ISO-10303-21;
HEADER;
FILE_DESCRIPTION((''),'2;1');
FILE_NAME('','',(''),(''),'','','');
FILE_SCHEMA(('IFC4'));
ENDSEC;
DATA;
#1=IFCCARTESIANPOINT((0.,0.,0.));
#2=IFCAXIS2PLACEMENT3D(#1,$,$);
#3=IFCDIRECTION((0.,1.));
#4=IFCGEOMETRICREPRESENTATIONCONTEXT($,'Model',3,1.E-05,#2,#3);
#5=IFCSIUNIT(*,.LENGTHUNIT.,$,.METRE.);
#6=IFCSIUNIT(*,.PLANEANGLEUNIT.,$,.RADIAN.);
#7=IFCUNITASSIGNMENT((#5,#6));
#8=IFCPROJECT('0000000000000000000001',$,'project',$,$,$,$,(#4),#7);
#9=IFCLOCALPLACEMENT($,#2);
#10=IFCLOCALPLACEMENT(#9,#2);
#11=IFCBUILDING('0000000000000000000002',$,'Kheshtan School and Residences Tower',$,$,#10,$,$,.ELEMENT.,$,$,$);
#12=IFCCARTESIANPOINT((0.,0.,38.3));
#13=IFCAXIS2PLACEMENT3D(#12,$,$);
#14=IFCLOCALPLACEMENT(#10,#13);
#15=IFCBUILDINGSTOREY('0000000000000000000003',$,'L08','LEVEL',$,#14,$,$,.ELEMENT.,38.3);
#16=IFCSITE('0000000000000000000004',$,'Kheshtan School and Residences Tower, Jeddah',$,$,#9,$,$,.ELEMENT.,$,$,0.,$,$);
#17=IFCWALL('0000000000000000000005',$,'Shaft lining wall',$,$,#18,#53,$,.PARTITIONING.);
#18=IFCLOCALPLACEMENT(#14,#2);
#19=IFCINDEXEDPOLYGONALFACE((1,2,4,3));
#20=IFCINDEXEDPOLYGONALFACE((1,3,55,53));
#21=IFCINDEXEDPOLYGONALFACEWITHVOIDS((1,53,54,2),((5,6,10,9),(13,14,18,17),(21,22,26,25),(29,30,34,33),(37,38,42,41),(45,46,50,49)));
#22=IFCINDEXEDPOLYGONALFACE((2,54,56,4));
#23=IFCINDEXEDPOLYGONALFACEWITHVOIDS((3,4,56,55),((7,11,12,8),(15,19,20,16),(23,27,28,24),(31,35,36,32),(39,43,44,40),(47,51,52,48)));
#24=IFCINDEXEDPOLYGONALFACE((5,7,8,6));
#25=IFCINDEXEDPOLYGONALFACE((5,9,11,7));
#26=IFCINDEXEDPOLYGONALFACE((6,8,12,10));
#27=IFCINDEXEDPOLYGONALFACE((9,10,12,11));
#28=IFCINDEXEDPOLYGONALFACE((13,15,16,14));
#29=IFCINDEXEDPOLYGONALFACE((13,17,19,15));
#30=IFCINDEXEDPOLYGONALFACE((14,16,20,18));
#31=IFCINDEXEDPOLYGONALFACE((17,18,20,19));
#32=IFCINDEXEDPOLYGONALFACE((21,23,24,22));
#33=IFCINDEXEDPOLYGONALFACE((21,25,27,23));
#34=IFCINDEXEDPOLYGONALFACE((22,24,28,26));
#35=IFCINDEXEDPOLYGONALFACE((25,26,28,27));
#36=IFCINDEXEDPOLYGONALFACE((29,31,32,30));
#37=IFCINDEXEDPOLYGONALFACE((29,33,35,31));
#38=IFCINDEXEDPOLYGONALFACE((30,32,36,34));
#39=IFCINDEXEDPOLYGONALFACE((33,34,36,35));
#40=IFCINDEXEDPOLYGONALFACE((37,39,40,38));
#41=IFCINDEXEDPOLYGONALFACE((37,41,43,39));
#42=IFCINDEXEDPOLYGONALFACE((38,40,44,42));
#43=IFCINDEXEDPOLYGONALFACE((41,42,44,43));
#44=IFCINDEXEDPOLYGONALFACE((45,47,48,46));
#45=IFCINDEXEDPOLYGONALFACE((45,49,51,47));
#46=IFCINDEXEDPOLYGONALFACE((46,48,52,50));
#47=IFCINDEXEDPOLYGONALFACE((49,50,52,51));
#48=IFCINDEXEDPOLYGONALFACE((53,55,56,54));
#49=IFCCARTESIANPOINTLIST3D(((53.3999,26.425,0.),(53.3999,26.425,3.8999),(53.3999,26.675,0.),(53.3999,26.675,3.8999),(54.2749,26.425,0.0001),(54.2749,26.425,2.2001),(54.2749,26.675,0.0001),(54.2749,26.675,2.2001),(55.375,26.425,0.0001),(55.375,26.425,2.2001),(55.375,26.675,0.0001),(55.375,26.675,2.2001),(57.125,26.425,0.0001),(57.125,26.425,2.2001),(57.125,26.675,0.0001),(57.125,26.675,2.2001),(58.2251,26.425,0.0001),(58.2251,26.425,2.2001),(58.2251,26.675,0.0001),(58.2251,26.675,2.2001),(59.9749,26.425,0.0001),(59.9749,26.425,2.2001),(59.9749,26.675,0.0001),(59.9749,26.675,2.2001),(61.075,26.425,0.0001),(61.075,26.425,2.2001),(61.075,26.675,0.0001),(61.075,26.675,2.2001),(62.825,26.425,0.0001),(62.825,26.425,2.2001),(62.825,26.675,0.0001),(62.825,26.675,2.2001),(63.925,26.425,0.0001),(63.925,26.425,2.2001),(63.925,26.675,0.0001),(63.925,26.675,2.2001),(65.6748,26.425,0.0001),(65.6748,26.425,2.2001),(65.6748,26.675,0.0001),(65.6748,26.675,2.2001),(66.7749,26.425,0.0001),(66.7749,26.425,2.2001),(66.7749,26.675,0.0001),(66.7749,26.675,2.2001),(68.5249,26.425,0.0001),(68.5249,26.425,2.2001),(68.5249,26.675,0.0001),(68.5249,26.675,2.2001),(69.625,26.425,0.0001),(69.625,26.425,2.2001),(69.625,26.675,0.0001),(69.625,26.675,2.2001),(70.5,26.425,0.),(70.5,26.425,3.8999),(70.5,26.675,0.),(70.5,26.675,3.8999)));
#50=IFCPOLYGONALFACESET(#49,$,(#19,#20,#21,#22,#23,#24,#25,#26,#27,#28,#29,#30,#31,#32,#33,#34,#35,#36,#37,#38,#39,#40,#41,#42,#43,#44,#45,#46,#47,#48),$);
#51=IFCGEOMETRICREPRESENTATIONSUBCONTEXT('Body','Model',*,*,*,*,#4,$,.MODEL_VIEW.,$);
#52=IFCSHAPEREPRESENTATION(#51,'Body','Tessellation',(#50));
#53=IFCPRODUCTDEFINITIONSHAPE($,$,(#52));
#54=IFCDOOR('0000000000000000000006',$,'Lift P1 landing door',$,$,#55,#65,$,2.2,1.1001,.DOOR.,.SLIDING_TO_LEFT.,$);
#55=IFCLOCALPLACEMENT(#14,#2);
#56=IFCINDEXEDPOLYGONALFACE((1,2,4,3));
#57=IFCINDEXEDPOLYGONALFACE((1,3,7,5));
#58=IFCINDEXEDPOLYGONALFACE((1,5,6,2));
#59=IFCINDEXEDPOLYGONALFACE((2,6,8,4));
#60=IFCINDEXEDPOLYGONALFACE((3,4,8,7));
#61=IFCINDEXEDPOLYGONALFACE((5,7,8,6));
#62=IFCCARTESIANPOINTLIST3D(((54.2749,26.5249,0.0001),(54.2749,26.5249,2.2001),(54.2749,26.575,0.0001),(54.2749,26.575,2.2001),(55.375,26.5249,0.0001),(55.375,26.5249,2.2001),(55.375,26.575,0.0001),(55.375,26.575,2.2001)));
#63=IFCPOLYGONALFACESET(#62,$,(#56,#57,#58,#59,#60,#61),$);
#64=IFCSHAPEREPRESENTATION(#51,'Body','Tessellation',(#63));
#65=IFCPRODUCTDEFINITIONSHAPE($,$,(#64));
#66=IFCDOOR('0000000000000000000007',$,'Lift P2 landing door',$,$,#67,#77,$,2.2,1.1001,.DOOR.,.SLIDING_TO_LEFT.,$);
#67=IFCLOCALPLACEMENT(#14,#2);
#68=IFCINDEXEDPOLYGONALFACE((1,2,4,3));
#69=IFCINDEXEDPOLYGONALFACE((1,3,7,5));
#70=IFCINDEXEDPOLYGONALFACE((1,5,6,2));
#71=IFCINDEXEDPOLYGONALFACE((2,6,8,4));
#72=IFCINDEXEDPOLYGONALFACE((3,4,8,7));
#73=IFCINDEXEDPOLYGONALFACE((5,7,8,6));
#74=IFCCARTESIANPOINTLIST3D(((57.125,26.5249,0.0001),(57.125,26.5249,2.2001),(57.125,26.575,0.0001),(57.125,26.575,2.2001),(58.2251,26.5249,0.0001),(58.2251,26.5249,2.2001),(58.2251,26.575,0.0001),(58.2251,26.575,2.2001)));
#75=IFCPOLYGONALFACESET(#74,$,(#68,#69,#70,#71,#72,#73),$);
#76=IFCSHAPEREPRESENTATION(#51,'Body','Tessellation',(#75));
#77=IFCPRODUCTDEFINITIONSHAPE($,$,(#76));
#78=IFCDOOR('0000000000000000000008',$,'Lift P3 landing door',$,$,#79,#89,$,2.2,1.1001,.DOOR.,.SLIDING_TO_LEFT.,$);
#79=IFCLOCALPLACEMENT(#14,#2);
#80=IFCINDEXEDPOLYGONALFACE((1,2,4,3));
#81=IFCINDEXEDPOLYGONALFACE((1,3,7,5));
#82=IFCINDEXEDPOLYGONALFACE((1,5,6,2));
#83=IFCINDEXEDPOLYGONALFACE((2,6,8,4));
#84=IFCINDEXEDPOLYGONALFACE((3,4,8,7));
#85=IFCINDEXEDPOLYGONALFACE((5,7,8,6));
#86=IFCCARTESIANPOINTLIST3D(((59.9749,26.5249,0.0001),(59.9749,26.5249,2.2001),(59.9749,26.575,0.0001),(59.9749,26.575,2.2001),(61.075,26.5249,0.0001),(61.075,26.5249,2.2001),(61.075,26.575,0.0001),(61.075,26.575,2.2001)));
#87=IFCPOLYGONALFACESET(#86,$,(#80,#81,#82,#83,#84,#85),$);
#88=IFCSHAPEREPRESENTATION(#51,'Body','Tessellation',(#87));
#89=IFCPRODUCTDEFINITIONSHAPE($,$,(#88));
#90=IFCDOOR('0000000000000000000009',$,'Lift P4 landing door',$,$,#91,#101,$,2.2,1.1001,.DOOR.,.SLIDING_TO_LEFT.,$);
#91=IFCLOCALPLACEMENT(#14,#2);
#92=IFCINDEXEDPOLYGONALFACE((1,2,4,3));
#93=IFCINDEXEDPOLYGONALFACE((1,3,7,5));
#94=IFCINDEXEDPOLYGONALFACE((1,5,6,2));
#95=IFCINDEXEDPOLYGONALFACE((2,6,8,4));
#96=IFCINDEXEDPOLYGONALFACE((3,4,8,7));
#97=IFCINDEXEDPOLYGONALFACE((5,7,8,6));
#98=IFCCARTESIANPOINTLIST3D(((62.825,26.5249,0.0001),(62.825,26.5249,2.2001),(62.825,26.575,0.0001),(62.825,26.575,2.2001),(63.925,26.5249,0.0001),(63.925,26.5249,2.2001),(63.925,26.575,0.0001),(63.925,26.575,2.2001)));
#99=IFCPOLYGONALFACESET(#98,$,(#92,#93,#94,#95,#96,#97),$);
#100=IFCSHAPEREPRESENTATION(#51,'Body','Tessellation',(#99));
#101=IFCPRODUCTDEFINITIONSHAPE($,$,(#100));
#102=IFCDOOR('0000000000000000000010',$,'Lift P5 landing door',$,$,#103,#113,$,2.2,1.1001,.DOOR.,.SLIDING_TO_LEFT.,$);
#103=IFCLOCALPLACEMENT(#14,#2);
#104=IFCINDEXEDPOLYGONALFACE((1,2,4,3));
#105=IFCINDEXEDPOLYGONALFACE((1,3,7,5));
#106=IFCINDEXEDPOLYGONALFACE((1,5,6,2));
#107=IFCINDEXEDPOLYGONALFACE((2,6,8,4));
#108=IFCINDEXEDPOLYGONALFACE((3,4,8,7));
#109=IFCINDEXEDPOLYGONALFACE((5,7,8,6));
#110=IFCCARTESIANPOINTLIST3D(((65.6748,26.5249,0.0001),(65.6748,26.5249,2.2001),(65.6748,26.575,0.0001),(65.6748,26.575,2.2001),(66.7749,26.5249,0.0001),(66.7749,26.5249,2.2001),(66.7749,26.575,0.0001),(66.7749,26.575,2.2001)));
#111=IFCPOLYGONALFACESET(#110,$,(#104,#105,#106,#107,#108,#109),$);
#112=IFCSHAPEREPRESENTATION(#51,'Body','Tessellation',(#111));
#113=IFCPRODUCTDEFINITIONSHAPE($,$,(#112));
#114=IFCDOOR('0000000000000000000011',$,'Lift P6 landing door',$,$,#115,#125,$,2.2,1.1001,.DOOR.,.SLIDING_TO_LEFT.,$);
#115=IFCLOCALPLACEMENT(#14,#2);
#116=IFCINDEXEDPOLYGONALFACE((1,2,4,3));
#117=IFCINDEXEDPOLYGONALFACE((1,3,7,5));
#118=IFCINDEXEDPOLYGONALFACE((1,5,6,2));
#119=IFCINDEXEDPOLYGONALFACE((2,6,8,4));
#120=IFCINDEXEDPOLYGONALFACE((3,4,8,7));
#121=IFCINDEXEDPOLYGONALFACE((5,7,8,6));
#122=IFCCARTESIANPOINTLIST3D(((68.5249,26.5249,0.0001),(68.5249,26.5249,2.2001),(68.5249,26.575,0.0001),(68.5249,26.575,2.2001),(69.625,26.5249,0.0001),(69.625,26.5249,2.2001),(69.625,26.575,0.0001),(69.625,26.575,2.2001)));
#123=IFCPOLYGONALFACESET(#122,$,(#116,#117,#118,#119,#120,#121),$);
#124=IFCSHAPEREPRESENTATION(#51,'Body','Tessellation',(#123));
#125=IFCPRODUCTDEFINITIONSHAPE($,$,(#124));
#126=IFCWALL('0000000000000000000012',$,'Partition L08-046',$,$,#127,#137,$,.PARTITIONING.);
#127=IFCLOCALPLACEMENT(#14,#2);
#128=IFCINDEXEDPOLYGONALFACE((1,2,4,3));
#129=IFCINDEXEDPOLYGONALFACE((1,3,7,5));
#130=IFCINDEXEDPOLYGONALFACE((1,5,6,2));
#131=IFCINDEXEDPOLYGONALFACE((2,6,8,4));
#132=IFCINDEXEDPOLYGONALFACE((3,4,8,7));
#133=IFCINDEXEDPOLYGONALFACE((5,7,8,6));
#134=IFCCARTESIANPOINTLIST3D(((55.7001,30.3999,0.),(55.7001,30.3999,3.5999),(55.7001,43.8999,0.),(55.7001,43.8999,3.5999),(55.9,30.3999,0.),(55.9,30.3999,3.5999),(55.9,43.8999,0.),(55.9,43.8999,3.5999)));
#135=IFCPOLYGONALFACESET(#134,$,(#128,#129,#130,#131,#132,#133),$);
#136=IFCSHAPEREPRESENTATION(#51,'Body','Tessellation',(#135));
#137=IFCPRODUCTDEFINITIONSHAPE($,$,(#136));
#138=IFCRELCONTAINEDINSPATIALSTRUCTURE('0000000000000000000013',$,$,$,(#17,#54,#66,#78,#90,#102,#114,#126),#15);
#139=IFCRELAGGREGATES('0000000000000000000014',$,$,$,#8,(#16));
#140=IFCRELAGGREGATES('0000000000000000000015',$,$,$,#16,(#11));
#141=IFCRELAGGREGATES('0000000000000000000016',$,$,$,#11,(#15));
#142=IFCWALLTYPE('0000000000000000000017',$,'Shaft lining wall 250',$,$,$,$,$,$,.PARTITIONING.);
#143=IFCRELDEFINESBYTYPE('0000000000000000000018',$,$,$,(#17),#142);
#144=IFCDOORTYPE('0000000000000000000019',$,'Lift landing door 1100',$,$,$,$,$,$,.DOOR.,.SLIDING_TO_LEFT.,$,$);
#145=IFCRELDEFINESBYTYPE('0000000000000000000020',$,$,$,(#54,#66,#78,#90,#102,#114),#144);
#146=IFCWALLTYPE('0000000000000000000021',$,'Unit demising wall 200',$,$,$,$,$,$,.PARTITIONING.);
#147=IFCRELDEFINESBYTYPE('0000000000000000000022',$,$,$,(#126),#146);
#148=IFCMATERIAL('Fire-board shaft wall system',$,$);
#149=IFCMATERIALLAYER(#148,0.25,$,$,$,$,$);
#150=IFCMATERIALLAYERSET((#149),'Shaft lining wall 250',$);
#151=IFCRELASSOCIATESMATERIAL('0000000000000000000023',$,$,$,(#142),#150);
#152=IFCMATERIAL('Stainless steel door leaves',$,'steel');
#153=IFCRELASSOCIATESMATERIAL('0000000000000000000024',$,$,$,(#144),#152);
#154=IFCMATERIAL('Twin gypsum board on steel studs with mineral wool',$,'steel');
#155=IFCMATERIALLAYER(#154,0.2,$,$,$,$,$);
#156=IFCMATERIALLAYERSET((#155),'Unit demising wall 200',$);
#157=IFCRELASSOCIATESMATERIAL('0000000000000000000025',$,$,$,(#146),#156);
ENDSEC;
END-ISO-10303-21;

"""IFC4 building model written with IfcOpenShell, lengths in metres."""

from ifc_helpers import new_model, si_unit, direction, frame, frame_2d, origin, place, context, subcontext, project, spatial, rectangle, extrude, source, transform, mapped, material, layer, layer_set, type_object, element, fill, save


model = new_model("IFC4")

# Units and contexts
model_context = context("Model", 3, precision=1e-05, world=origin(), true_north=direction((0.0, 1.0)))
body_context = subcontext(model_context, "Body", "Model", "MODEL_VIEW")
ifc_project = project(units=[si_unit("LENGTHUNIT", "METRE"), si_unit("PLANEANGLEUNIT", "RADIAN")], contexts=[model_context])

# Site, building, storey
site_placement = place(None, origin())
site = spatial("IfcSite", under=ifc_project, at=site_placement, Name="Kheshtan School and Residences Tower, Jeddah", CompositionType="ELEMENT", RefElevation=0.0)
building_placement = place(site_placement, origin())
building = spatial("IfcBuilding", under=site, at=building_placement, Name="Kheshtan School and Residences Tower", CompositionType="ELEMENT")
storey_placement = place(building_placement, frame((0.0, 0.0, 38.3)))
storey = spatial("IfcBuildingStorey", under=building, at=storey_placement, Name="L08", Description="LEVEL", CompositionType="ELEMENT", Elevation=38.3)

# Wall, openings, doors
ifc_material_1 = material(Name="Fire-board shaft wall system")
ifc_layer_1 = layer(ifc_material_1, 0.25)
ifc_layer_set_1 = layer_set([ifc_layer_1], Name="Shaft lining wall 250")
wall_type_1 = type_object("IfcWallType", Name="Shaft lining wall 250", PredefinedType="PARTITIONING", material=ifc_layer_set_1)
wall_1_placement = place(storey_placement, frame((53.3999, 26.55, 0.0), z_axis=(0.0, 0.0, 1.0), x_axis=(1.0, 0.0, 0.0)))
wall_1 = element("IfcWall", 1, at=wall_1_placement, inside=storey, type_object=wall_type_1, Name="Shaft lining wall", PredefinedType="PARTITIONING", context=body_context, shape_type="SweptSolid", body=[
    extrude(rectangle(XDim=17.1001, YDim=0.25, at=frame_2d((8.55, 0.0))), origin(), (0.0, 0.0, 1.0), 3.8999),
])
opening_1_placement = place(wall_1_placement, frame((0.875, 0.0, 0.0)))
opening_1 = element("IfcOpeningElement", 2, at=opening_1_placement, cuts=wall_1, PredefinedType="OPENING", context=body_context, shape_type="SweptSolid", body=[
    extrude(rectangle(XDim=1.1001, YDim=2.2, at=frame_2d((0.55, 1.1001))), frame((0.0, 0.135, 0.0), z_axis=(0.0, -1.0, 0.0), x_axis=(1.0, 0.0, 0.0)), (0.0, 0.0, 1.0), 0.27),
])
opening_2_placement = place(wall_1_placement, frame((3.7251, 0.0, 0.0)))
opening_2 = element("IfcOpeningElement", 3, at=opening_2_placement, cuts=wall_1, PredefinedType="OPENING", context=body_context, shape_type="SweptSolid", body=[
    extrude(rectangle(XDim=1.1001, YDim=2.2, at=frame_2d((0.55, 1.1001))), frame((0.0, 0.135, 0.0), z_axis=(0.0, -1.0, 0.0), x_axis=(1.0, 0.0, 0.0)), (0.0, 0.0, 1.0), 0.27),
])
opening_3_placement = place(wall_1_placement, frame((6.575, 0.0, 0.0)))
opening_3 = element("IfcOpeningElement", 4, at=opening_3_placement, cuts=wall_1, PredefinedType="OPENING", context=body_context, shape_type="SweptSolid", body=[
    extrude(rectangle(XDim=1.1001, YDim=2.2, at=frame_2d((0.55, 1.1001))), frame((0.0, 0.135, 0.0), z_axis=(0.0, -1.0, 0.0), x_axis=(1.0, 0.0, 0.0)), (0.0, 0.0, 1.0), 0.27),
])
opening_4_placement = place(wall_1_placement, frame((9.425, 0.0, 0.0)))
opening_4 = element("IfcOpeningElement", 5, at=opening_4_placement, cuts=wall_1, PredefinedType="OPENING", context=body_context, shape_type="SweptSolid", body=[
    extrude(rectangle(XDim=1.1001, YDim=2.2, at=frame_2d((0.55, 1.1001))), frame((0.0, 0.135, 0.0), z_axis=(0.0, -1.0, 0.0), x_axis=(1.0, 0.0, 0.0)), (0.0, 0.0, 1.0), 0.27),
])
opening_5_placement = place(wall_1_placement, frame((12.2749, 0.0, 0.0)))
opening_5 = element("IfcOpeningElement", 6, at=opening_5_placement, cuts=wall_1, PredefinedType="OPENING", context=body_context, shape_type="SweptSolid", body=[
    extrude(rectangle(XDim=1.1001, YDim=2.2, at=frame_2d((0.55, 1.1001))), frame((0.0, 0.135, 0.0), z_axis=(0.0, -1.0, 0.0), x_axis=(1.0, 0.0, 0.0)), (0.0, 0.0, 1.0), 0.27),
])
opening_6_placement = place(wall_1_placement, frame((15.125, 0.0, 0.0)))
opening_6 = element("IfcOpeningElement", 7, at=opening_6_placement, cuts=wall_1, PredefinedType="OPENING", context=body_context, shape_type="SweptSolid", body=[
    extrude(rectangle(XDim=1.1001, YDim=2.2, at=frame_2d((0.55, 1.1001))), frame((0.0, 0.135, 0.0), z_axis=(0.0, -1.0, 0.0), x_axis=(1.0, 0.0, 0.0)), (0.0, 0.0, 1.0), 0.27),
])
ifc_material_2 = material(Name="Stainless steel door leaves", Category="steel")
door_type_1 = type_object("IfcDoorType", Name="Lift landing door 1100", OperationType="SLIDING_TO_LEFT", PredefinedType="DOOR", material=ifc_material_2)
shared_shape_1 = source(origin(), body_context, "Body", "SweptSolid", [
    extrude(rectangle(XDim=1.1001, YDim=2.2, at=frame_2d((0.55, 1.1001))), frame((0.0, 0.0249, 0.0), z_axis=(0.0, -1.0, 0.0), x_axis=(1.0, 0.0, 0.0)), (0.0, 0.0, 1.0), 0.05),
])
door_1_placement = place(opening_1_placement, origin())
door_1 = element("IfcDoor", 8, at=door_1_placement, inside=storey, type_object=door_type_1, Name="Lift P1 landing door", OperationType="SLIDING_TO_LEFT", OverallHeight=2.2, OverallWidth=1.1001, PredefinedType="DOOR", context=body_context, shape_type="MappedRepresentation", body=[
    mapped(shared_shape_1, transform((0.0, 0.0, 0.0), x_axis=(1.0, 0.0, 0.0), y_axis=(0.0, 1.0, 0.0), z_axis=(0.0, 0.0, 1.0), scale=1.0)),
])
fill(opening_1, door_1)
door_2_placement = place(opening_2_placement, origin())
door_2 = element("IfcDoor", 9, at=door_2_placement, inside=storey, type_object=door_type_1, Name="Lift P2 landing door", OperationType="SLIDING_TO_LEFT", OverallHeight=2.2, OverallWidth=1.1001, PredefinedType="DOOR", context=body_context, shape_type="MappedRepresentation", body=[
    mapped(shared_shape_1, transform((0.0, 0.0, 0.0), x_axis=(1.0, 0.0, 0.0), y_axis=(0.0, 1.0, 0.0), z_axis=(0.0, 0.0, 1.0), scale=1.0)),
])
fill(opening_2, door_2)
door_3_placement = place(opening_3_placement, origin())
door_3 = element("IfcDoor", 10, at=door_3_placement, inside=storey, type_object=door_type_1, Name="Lift P3 landing door", OperationType="SLIDING_TO_LEFT", OverallHeight=2.2, OverallWidth=1.1001, PredefinedType="DOOR", context=body_context, shape_type="MappedRepresentation", body=[
    mapped(shared_shape_1, transform((0.0, 0.0, 0.0), x_axis=(1.0, 0.0, 0.0), y_axis=(0.0, 1.0, 0.0), z_axis=(0.0, 0.0, 1.0), scale=1.0)),
])
fill(opening_3, door_3)
door_4_placement = place(opening_4_placement, origin())
door_4 = element("IfcDoor", 11, at=door_4_placement, inside=storey, type_object=door_type_1, Name="Lift P4 landing door", OperationType="SLIDING_TO_LEFT", OverallHeight=2.2, OverallWidth=1.1001, PredefinedType="DOOR", context=body_context, shape_type="MappedRepresentation", body=[
    mapped(shared_shape_1, transform((0.0, 0.0, 0.0), x_axis=(1.0, 0.0, 0.0), y_axis=(0.0, 1.0, 0.0), z_axis=(0.0, 0.0, 1.0), scale=1.0)),
])
fill(opening_4, door_4)
door_5_placement = place(opening_5_placement, origin())
door_5 = element("IfcDoor", 12, at=door_5_placement, inside=storey, type_object=door_type_1, Name="Lift P5 landing door", OperationType="SLIDING_TO_LEFT", OverallHeight=2.2, OverallWidth=1.1001, PredefinedType="DOOR", context=body_context, shape_type="MappedRepresentation", body=[
    mapped(shared_shape_1, transform((0.0, 0.0, 0.0), x_axis=(1.0, 0.0, 0.0), y_axis=(0.0, 1.0, 0.0), z_axis=(0.0, 0.0, 1.0), scale=1.0)),
])
fill(opening_5, door_5)
door_6_placement = place(opening_6_placement, origin())
door_6 = element("IfcDoor", 13, at=door_6_placement, inside=storey, type_object=door_type_1, Name="Lift P6 landing door", OperationType="SLIDING_TO_LEFT", OverallHeight=2.2, OverallWidth=1.1001, PredefinedType="DOOR", context=body_context, shape_type="MappedRepresentation", body=[
    mapped(shared_shape_1, transform((0.0, 0.0, 0.0), x_axis=(1.0, 0.0, 0.0), y_axis=(0.0, 1.0, 0.0), z_axis=(0.0, 0.0, 1.0), scale=1.0)),
])
fill(opening_6, door_6)

# Wall
ifc_material_3 = material(Name="Twin gypsum board on steel studs with mineral wool", Category="steel")
ifc_layer_2 = layer(ifc_material_3, 0.2)
ifc_layer_set_2 = layer_set([ifc_layer_2], Name="Unit demising wall 200")
wall_type_2 = type_object("IfcWallType", Name="Unit demising wall 200", PredefinedType="PARTITIONING", material=ifc_layer_set_2)
wall_2_placement = place(storey_placement, frame((55.8, 30.3999, 0.0), z_axis=(0.0, 0.0, 1.0), x_axis=(0.0, 1.0, 0.0)))
element("IfcWall", 14, at=wall_2_placement, inside=storey, type_object=wall_type_2, Name="Partition L08-046", PredefinedType="PARTITIONING", context=body_context, shape_type="SweptSolid", body=[
    extrude(rectangle(XDim=13.5, YDim=0.2, at=frame_2d((6.75, 0.0))), origin(), (0.0, 0.0, 1.0), 3.5999),
])

save(model, "model.ifc")
